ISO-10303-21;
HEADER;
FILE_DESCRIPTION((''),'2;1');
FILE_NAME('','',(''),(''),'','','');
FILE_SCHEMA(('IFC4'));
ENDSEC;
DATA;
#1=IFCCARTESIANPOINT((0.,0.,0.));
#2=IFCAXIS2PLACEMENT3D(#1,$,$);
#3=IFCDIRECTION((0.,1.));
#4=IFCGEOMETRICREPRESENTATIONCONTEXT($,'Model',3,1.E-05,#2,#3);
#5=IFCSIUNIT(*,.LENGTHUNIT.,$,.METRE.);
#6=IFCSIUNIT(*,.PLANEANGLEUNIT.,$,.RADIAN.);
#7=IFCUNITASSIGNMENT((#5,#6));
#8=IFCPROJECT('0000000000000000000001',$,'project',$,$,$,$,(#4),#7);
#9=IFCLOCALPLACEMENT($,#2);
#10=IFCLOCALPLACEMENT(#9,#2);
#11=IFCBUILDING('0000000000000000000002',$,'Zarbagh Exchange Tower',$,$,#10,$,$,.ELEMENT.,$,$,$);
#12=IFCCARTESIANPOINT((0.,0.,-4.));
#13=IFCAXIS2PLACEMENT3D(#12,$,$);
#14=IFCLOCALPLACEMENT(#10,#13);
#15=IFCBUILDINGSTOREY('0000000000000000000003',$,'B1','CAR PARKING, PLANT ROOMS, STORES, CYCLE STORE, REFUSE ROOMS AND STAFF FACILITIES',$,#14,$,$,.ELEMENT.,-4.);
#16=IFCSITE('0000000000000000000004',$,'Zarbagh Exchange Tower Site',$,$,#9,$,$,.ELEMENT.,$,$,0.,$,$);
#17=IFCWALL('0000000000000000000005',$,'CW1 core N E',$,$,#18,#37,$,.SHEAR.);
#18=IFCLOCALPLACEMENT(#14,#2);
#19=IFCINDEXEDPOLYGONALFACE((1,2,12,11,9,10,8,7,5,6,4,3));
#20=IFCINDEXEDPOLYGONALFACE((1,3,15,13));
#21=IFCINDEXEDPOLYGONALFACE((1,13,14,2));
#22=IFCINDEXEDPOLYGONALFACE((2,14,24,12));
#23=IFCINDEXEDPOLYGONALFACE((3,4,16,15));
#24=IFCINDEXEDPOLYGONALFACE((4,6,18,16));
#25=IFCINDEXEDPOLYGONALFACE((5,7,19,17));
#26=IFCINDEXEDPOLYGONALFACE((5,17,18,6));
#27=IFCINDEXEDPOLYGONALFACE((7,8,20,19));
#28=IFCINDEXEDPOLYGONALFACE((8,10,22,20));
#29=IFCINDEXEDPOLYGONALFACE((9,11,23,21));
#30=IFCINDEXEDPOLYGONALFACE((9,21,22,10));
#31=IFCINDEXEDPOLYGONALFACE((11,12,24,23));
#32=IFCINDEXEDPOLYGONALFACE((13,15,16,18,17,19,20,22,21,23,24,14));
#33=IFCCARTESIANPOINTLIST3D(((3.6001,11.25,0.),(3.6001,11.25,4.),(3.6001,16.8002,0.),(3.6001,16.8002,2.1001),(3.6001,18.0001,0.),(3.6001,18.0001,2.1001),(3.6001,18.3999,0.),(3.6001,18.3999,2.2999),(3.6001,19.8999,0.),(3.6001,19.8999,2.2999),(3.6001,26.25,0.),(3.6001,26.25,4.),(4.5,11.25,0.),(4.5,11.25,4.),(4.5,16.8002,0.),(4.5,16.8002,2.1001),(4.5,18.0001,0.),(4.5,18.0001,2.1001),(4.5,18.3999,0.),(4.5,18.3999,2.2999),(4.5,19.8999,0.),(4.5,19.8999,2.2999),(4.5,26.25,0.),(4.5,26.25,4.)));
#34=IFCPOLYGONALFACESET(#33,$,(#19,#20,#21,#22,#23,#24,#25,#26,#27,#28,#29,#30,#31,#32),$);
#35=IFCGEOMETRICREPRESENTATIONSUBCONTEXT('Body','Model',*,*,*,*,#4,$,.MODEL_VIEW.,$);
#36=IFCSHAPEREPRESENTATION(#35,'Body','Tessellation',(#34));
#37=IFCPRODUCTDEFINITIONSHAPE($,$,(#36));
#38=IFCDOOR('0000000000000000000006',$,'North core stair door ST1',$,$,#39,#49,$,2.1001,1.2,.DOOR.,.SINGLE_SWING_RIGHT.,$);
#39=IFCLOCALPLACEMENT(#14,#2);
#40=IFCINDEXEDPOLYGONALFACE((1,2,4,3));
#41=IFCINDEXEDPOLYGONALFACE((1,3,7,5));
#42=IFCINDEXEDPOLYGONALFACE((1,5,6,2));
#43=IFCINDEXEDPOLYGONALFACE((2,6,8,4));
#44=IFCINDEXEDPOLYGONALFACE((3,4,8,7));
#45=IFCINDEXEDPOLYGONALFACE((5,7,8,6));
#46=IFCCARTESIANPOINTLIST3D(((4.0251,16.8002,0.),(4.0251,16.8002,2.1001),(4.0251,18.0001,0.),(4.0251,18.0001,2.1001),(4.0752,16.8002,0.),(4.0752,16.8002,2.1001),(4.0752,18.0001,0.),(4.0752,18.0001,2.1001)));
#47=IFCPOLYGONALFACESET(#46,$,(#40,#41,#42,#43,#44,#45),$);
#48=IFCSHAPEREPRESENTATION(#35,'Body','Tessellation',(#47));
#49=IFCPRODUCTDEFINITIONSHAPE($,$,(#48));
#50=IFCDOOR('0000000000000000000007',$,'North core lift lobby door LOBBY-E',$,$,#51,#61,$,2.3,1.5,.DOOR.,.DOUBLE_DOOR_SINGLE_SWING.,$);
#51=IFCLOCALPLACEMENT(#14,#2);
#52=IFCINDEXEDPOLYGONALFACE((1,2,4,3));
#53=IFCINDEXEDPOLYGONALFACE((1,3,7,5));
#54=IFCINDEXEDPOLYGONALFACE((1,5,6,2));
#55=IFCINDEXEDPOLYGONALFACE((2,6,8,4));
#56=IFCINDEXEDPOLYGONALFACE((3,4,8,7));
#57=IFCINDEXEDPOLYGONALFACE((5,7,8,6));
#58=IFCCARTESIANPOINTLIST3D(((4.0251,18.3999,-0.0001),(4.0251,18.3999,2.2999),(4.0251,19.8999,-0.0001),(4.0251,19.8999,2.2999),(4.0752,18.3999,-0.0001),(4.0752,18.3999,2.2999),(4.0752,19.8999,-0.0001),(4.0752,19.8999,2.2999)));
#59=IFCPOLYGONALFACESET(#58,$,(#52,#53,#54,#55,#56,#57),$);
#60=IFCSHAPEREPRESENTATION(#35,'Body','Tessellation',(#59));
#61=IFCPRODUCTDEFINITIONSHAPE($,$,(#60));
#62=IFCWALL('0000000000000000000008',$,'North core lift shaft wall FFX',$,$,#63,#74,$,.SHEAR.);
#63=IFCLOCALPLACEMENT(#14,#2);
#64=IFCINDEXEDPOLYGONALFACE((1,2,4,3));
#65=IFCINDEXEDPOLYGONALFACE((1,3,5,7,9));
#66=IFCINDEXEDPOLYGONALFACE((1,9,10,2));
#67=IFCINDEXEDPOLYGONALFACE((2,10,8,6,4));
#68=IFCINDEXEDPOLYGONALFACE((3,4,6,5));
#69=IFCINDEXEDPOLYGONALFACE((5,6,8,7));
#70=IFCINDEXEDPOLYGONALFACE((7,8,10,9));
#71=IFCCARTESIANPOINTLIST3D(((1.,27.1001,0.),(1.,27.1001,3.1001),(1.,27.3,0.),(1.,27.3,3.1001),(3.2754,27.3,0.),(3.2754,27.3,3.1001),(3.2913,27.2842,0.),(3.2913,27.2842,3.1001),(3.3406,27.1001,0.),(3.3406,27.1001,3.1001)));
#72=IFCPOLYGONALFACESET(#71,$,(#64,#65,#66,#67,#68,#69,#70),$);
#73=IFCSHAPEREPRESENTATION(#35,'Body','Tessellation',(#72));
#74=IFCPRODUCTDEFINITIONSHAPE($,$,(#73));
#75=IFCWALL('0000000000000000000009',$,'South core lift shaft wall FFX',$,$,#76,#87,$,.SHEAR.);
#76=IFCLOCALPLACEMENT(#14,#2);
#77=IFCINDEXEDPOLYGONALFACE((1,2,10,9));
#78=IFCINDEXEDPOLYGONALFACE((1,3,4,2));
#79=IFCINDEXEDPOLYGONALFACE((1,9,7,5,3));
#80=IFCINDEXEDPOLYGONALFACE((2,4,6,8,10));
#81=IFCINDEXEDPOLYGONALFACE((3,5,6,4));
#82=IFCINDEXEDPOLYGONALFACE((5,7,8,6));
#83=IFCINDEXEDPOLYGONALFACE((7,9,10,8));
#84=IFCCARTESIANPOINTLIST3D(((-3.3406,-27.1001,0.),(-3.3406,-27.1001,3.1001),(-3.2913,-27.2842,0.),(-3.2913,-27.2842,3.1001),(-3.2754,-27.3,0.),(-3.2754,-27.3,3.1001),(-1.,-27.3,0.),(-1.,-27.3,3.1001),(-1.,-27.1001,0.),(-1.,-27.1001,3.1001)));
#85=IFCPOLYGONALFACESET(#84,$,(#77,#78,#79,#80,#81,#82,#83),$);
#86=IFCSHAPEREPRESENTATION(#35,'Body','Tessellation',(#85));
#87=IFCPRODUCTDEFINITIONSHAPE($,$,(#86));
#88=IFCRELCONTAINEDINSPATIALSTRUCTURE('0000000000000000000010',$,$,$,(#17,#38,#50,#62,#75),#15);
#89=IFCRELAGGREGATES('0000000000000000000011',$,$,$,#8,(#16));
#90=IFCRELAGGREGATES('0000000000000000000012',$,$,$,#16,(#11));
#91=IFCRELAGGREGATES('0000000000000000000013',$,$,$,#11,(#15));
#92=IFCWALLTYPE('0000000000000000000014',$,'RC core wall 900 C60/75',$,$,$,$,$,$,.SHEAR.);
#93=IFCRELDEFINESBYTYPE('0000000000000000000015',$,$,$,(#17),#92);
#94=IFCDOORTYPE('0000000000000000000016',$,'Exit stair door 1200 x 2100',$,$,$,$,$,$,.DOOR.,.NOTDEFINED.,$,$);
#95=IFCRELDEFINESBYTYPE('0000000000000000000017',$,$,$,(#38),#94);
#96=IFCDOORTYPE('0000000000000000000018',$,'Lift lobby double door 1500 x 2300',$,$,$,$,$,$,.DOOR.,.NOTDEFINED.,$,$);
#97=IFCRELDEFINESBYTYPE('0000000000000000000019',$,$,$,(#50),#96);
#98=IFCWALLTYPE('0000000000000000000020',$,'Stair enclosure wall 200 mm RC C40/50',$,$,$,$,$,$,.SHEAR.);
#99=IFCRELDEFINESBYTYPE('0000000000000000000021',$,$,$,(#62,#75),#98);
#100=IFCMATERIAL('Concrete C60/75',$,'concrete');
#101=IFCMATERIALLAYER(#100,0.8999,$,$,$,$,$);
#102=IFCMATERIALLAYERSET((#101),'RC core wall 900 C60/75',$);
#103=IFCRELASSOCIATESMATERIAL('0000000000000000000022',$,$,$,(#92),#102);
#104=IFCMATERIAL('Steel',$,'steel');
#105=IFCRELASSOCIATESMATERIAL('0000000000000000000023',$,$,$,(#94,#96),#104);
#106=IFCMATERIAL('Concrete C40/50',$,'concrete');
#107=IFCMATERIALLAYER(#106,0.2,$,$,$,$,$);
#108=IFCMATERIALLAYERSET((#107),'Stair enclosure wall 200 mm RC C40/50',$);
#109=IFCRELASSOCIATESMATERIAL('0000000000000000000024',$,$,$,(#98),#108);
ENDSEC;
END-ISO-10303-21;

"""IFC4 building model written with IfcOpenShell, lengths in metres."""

from ifc_helpers import new_model, si_unit, direction, frame, frame_2d, origin, place, context, subcontext, project, spatial, polyline, rectangle, outline, extrude, material, layer, layer_set, type_object, element, fill, save


model = new_model("IFC4")

# Units and contexts
model_context = context("Model", 3, precision=1e-05, world=origin(), true_north=direction((0.0, 1.0)))
body_context = subcontext(model_context, "Body", "Model", "MODEL_VIEW")
ifc_project = project(units=[si_unit("LENGTHUNIT", "METRE"), si_unit("PLANEANGLEUNIT", "RADIAN")], contexts=[model_context])

# Site, building, storey
site_placement = place(None, origin())
site = spatial("IfcSite", under=ifc_project, at=site_placement, Name="Zarbagh Exchange Tower Site", CompositionType="ELEMENT", RefElevation=0.0)
building_placement = place(site_placement, origin())
building = spatial("IfcBuilding", under=site, at=building_placement, Name="Zarbagh Exchange Tower", CompositionType="ELEMENT")
storey_placement = place(building_placement, frame((0.0, 0.0, -4.0)))
storey = spatial("IfcBuildingStorey", under=building, at=storey_placement, Name="B1", Description="CAR PARKING, PLANT ROOMS, STORES, CYCLE STORE, REFUSE ROOMS AND STAFF FACILITIES", CompositionType="ELEMENT", Elevation=-4.0)

# Shared definitions
ifc_material_1 = material(Name="Concrete C60/75", Category="concrete")

# Shared definitions
ifc_material_2 = material(Name="Concrete C40/50", Category="concrete")

# Wall, openings, doors
ifc_layer_1 = layer(ifc_material_1, 0.8999)
ifc_layer_set_1 = layer_set([ifc_layer_1], Name="RC core wall 900 C60/75")
wall_type_1 = type_object("IfcWallType", Name="RC core wall 900 C60/75", PredefinedType="SHEAR", material=ifc_layer_set_1)
wall_1_placement = place(storey_placement, frame((4.05, 11.25, 0.0), z_axis=(0.0, 0.0, 1.0), x_axis=(0.0, 1.0, 0.0)))
wall_1 = element("IfcWall", 1, at=wall_1_placement, inside=storey, type_object=wall_type_1, Name="CW1 core N E", PredefinedType="SHEAR", context=body_context, shape_type="SweptSolid", body=[
    extrude(rectangle(XDim=15.0, YDim=0.8999, at=frame_2d((7.5, 0.0))), origin(), (0.0, 0.0, 1.0), 4.0),
])
opening_1_placement = place(wall_1_placement, frame((7.1499, 0.0, 0.0)))
opening_1 = element("IfcOpeningElement", 2, at=opening_1_placement, cuts=wall_1, PredefinedType="OPENING", context=body_context, shape_type="SweptSolid", body=[
    extrude(rectangle(XDim=1.5, YDim=2.3, at=frame_2d((0.75, 1.1499))), frame((0.0, 0.46, 0.0), z_axis=(0.0, -1.0, 0.0), x_axis=(1.0, 0.0, 0.0)), (0.0, 0.0, 1.0), 0.9199),
])
opening_2_placement = place(wall_1_placement, frame((5.55, 0.0, 0.0)))
opening_2 = element("IfcOpeningElement", 3, at=opening_2_placement, cuts=wall_1, PredefinedType="OPENING", context=body_context, shape_type="SweptSolid", body=[
    extrude(rectangle(XDim=1.2, YDim=2.1001, at=frame_2d((0.6001, 1.05))), frame((0.0, 0.46, 0.0), z_axis=(0.0, -1.0, 0.0), x_axis=(1.0, 0.0, 0.0)), (0.0, 0.0, 1.0), 0.9199),
])
ifc_material_3 = material(Name="Steel", Category="steel")
door_type_1 = type_object("IfcDoorType", Name="Exit stair door 1200 x 2100", OperationType="NOTDEFINED", PredefinedType="DOOR", material=ifc_material_3)
door_1_placement = place(opening_2_placement, origin())
door_1 = element("IfcDoor", 4, at=door_1_placement, inside=storey, type_object=door_type_1, Name="North core stair door ST1", OperationType="SINGLE_SWING_RIGHT", OverallHeight=2.1001, OverallWidth=1.2, PredefinedType="DOOR", context=body_context, shape_type="SweptSolid", body=[
    extrude(rectangle(XDim=1.2, YDim=2.1001, at=frame_2d((0.6001, 1.05))), frame((0.0, 0.0249, 0.0), z_axis=(0.0, -1.0, 0.0), x_axis=(1.0, 0.0, 0.0)), (0.0, 0.0, 1.0), 0.05),
])
fill(opening_2, door_1)
door_type_2 = type_object("IfcDoorType", Name="Lift lobby double door 1500 x 2300", OperationType="NOTDEFINED", PredefinedType="DOOR", material=ifc_material_3)
door_2_placement = place(opening_1_placement, origin())
door_2 = element("IfcDoor", 5, at=door_2_placement, inside=storey, type_object=door_type_2, Name="North core lift lobby door LOBBY-E", OperationType="DOUBLE_DOOR_SINGLE_SWING", OverallHeight=2.3, OverallWidth=1.5, PredefinedType="DOOR", context=body_context, shape_type="SweptSolid", body=[
    extrude(rectangle(XDim=1.5, YDim=2.3, at=frame_2d((0.75, 1.1499))), frame((0.0, 0.0249, 0.0), z_axis=(0.0, -1.0, 0.0), x_axis=(1.0, 0.0, 0.0)), (0.0, 0.0, 1.0), 0.05),
])
fill(opening_1, door_2)

# Walls
ifc_layer_2 = layer(ifc_material_2, 0.2)
ifc_layer_set_2 = layer_set([ifc_layer_2], Name="Stair enclosure wall 200 mm RC C40/50")
wall_type_2 = type_object("IfcWallType", Name="Stair enclosure wall 200 mm RC C40/50", PredefinedType="SHEAR", material=ifc_layer_set_2)
wall_2_placement = place(storey_placement, origin())
element("IfcWall", 6, at=wall_2_placement, inside=storey, type_object=wall_type_2, Name="North core lift shaft wall FFX", PredefinedType="SHEAR", context=body_context, shape_type="SweptSolid", body=[
    extrude(outline(polyline([(1.0, 27.1001), (3.3406, 27.1001), (3.2913, 27.2842), (3.2754, 27.3), (1.0, 27.3), (1.0, 27.1001)])), origin(), (0.0, 0.0, 1.0), 3.1001),
])
wall_3_placement = place(storey_placement, origin())
element("IfcWall", 7, at=wall_3_placement, inside=storey, type_object=wall_type_2, Name="South core lift shaft wall FFX", PredefinedType="SHEAR", context=body_context, shape_type="SweptSolid", body=[
    extrude(outline(polyline([(-1.0, -27.1001), (-3.3406, -27.1001), (-3.2913, -27.2842), (-3.2754, -27.3), (-1.0, -27.3), (-1.0, -27.1001)])), origin(), (0.0, 0.0, 1.0), 3.1001),
])

save(model, "model.ifc")
